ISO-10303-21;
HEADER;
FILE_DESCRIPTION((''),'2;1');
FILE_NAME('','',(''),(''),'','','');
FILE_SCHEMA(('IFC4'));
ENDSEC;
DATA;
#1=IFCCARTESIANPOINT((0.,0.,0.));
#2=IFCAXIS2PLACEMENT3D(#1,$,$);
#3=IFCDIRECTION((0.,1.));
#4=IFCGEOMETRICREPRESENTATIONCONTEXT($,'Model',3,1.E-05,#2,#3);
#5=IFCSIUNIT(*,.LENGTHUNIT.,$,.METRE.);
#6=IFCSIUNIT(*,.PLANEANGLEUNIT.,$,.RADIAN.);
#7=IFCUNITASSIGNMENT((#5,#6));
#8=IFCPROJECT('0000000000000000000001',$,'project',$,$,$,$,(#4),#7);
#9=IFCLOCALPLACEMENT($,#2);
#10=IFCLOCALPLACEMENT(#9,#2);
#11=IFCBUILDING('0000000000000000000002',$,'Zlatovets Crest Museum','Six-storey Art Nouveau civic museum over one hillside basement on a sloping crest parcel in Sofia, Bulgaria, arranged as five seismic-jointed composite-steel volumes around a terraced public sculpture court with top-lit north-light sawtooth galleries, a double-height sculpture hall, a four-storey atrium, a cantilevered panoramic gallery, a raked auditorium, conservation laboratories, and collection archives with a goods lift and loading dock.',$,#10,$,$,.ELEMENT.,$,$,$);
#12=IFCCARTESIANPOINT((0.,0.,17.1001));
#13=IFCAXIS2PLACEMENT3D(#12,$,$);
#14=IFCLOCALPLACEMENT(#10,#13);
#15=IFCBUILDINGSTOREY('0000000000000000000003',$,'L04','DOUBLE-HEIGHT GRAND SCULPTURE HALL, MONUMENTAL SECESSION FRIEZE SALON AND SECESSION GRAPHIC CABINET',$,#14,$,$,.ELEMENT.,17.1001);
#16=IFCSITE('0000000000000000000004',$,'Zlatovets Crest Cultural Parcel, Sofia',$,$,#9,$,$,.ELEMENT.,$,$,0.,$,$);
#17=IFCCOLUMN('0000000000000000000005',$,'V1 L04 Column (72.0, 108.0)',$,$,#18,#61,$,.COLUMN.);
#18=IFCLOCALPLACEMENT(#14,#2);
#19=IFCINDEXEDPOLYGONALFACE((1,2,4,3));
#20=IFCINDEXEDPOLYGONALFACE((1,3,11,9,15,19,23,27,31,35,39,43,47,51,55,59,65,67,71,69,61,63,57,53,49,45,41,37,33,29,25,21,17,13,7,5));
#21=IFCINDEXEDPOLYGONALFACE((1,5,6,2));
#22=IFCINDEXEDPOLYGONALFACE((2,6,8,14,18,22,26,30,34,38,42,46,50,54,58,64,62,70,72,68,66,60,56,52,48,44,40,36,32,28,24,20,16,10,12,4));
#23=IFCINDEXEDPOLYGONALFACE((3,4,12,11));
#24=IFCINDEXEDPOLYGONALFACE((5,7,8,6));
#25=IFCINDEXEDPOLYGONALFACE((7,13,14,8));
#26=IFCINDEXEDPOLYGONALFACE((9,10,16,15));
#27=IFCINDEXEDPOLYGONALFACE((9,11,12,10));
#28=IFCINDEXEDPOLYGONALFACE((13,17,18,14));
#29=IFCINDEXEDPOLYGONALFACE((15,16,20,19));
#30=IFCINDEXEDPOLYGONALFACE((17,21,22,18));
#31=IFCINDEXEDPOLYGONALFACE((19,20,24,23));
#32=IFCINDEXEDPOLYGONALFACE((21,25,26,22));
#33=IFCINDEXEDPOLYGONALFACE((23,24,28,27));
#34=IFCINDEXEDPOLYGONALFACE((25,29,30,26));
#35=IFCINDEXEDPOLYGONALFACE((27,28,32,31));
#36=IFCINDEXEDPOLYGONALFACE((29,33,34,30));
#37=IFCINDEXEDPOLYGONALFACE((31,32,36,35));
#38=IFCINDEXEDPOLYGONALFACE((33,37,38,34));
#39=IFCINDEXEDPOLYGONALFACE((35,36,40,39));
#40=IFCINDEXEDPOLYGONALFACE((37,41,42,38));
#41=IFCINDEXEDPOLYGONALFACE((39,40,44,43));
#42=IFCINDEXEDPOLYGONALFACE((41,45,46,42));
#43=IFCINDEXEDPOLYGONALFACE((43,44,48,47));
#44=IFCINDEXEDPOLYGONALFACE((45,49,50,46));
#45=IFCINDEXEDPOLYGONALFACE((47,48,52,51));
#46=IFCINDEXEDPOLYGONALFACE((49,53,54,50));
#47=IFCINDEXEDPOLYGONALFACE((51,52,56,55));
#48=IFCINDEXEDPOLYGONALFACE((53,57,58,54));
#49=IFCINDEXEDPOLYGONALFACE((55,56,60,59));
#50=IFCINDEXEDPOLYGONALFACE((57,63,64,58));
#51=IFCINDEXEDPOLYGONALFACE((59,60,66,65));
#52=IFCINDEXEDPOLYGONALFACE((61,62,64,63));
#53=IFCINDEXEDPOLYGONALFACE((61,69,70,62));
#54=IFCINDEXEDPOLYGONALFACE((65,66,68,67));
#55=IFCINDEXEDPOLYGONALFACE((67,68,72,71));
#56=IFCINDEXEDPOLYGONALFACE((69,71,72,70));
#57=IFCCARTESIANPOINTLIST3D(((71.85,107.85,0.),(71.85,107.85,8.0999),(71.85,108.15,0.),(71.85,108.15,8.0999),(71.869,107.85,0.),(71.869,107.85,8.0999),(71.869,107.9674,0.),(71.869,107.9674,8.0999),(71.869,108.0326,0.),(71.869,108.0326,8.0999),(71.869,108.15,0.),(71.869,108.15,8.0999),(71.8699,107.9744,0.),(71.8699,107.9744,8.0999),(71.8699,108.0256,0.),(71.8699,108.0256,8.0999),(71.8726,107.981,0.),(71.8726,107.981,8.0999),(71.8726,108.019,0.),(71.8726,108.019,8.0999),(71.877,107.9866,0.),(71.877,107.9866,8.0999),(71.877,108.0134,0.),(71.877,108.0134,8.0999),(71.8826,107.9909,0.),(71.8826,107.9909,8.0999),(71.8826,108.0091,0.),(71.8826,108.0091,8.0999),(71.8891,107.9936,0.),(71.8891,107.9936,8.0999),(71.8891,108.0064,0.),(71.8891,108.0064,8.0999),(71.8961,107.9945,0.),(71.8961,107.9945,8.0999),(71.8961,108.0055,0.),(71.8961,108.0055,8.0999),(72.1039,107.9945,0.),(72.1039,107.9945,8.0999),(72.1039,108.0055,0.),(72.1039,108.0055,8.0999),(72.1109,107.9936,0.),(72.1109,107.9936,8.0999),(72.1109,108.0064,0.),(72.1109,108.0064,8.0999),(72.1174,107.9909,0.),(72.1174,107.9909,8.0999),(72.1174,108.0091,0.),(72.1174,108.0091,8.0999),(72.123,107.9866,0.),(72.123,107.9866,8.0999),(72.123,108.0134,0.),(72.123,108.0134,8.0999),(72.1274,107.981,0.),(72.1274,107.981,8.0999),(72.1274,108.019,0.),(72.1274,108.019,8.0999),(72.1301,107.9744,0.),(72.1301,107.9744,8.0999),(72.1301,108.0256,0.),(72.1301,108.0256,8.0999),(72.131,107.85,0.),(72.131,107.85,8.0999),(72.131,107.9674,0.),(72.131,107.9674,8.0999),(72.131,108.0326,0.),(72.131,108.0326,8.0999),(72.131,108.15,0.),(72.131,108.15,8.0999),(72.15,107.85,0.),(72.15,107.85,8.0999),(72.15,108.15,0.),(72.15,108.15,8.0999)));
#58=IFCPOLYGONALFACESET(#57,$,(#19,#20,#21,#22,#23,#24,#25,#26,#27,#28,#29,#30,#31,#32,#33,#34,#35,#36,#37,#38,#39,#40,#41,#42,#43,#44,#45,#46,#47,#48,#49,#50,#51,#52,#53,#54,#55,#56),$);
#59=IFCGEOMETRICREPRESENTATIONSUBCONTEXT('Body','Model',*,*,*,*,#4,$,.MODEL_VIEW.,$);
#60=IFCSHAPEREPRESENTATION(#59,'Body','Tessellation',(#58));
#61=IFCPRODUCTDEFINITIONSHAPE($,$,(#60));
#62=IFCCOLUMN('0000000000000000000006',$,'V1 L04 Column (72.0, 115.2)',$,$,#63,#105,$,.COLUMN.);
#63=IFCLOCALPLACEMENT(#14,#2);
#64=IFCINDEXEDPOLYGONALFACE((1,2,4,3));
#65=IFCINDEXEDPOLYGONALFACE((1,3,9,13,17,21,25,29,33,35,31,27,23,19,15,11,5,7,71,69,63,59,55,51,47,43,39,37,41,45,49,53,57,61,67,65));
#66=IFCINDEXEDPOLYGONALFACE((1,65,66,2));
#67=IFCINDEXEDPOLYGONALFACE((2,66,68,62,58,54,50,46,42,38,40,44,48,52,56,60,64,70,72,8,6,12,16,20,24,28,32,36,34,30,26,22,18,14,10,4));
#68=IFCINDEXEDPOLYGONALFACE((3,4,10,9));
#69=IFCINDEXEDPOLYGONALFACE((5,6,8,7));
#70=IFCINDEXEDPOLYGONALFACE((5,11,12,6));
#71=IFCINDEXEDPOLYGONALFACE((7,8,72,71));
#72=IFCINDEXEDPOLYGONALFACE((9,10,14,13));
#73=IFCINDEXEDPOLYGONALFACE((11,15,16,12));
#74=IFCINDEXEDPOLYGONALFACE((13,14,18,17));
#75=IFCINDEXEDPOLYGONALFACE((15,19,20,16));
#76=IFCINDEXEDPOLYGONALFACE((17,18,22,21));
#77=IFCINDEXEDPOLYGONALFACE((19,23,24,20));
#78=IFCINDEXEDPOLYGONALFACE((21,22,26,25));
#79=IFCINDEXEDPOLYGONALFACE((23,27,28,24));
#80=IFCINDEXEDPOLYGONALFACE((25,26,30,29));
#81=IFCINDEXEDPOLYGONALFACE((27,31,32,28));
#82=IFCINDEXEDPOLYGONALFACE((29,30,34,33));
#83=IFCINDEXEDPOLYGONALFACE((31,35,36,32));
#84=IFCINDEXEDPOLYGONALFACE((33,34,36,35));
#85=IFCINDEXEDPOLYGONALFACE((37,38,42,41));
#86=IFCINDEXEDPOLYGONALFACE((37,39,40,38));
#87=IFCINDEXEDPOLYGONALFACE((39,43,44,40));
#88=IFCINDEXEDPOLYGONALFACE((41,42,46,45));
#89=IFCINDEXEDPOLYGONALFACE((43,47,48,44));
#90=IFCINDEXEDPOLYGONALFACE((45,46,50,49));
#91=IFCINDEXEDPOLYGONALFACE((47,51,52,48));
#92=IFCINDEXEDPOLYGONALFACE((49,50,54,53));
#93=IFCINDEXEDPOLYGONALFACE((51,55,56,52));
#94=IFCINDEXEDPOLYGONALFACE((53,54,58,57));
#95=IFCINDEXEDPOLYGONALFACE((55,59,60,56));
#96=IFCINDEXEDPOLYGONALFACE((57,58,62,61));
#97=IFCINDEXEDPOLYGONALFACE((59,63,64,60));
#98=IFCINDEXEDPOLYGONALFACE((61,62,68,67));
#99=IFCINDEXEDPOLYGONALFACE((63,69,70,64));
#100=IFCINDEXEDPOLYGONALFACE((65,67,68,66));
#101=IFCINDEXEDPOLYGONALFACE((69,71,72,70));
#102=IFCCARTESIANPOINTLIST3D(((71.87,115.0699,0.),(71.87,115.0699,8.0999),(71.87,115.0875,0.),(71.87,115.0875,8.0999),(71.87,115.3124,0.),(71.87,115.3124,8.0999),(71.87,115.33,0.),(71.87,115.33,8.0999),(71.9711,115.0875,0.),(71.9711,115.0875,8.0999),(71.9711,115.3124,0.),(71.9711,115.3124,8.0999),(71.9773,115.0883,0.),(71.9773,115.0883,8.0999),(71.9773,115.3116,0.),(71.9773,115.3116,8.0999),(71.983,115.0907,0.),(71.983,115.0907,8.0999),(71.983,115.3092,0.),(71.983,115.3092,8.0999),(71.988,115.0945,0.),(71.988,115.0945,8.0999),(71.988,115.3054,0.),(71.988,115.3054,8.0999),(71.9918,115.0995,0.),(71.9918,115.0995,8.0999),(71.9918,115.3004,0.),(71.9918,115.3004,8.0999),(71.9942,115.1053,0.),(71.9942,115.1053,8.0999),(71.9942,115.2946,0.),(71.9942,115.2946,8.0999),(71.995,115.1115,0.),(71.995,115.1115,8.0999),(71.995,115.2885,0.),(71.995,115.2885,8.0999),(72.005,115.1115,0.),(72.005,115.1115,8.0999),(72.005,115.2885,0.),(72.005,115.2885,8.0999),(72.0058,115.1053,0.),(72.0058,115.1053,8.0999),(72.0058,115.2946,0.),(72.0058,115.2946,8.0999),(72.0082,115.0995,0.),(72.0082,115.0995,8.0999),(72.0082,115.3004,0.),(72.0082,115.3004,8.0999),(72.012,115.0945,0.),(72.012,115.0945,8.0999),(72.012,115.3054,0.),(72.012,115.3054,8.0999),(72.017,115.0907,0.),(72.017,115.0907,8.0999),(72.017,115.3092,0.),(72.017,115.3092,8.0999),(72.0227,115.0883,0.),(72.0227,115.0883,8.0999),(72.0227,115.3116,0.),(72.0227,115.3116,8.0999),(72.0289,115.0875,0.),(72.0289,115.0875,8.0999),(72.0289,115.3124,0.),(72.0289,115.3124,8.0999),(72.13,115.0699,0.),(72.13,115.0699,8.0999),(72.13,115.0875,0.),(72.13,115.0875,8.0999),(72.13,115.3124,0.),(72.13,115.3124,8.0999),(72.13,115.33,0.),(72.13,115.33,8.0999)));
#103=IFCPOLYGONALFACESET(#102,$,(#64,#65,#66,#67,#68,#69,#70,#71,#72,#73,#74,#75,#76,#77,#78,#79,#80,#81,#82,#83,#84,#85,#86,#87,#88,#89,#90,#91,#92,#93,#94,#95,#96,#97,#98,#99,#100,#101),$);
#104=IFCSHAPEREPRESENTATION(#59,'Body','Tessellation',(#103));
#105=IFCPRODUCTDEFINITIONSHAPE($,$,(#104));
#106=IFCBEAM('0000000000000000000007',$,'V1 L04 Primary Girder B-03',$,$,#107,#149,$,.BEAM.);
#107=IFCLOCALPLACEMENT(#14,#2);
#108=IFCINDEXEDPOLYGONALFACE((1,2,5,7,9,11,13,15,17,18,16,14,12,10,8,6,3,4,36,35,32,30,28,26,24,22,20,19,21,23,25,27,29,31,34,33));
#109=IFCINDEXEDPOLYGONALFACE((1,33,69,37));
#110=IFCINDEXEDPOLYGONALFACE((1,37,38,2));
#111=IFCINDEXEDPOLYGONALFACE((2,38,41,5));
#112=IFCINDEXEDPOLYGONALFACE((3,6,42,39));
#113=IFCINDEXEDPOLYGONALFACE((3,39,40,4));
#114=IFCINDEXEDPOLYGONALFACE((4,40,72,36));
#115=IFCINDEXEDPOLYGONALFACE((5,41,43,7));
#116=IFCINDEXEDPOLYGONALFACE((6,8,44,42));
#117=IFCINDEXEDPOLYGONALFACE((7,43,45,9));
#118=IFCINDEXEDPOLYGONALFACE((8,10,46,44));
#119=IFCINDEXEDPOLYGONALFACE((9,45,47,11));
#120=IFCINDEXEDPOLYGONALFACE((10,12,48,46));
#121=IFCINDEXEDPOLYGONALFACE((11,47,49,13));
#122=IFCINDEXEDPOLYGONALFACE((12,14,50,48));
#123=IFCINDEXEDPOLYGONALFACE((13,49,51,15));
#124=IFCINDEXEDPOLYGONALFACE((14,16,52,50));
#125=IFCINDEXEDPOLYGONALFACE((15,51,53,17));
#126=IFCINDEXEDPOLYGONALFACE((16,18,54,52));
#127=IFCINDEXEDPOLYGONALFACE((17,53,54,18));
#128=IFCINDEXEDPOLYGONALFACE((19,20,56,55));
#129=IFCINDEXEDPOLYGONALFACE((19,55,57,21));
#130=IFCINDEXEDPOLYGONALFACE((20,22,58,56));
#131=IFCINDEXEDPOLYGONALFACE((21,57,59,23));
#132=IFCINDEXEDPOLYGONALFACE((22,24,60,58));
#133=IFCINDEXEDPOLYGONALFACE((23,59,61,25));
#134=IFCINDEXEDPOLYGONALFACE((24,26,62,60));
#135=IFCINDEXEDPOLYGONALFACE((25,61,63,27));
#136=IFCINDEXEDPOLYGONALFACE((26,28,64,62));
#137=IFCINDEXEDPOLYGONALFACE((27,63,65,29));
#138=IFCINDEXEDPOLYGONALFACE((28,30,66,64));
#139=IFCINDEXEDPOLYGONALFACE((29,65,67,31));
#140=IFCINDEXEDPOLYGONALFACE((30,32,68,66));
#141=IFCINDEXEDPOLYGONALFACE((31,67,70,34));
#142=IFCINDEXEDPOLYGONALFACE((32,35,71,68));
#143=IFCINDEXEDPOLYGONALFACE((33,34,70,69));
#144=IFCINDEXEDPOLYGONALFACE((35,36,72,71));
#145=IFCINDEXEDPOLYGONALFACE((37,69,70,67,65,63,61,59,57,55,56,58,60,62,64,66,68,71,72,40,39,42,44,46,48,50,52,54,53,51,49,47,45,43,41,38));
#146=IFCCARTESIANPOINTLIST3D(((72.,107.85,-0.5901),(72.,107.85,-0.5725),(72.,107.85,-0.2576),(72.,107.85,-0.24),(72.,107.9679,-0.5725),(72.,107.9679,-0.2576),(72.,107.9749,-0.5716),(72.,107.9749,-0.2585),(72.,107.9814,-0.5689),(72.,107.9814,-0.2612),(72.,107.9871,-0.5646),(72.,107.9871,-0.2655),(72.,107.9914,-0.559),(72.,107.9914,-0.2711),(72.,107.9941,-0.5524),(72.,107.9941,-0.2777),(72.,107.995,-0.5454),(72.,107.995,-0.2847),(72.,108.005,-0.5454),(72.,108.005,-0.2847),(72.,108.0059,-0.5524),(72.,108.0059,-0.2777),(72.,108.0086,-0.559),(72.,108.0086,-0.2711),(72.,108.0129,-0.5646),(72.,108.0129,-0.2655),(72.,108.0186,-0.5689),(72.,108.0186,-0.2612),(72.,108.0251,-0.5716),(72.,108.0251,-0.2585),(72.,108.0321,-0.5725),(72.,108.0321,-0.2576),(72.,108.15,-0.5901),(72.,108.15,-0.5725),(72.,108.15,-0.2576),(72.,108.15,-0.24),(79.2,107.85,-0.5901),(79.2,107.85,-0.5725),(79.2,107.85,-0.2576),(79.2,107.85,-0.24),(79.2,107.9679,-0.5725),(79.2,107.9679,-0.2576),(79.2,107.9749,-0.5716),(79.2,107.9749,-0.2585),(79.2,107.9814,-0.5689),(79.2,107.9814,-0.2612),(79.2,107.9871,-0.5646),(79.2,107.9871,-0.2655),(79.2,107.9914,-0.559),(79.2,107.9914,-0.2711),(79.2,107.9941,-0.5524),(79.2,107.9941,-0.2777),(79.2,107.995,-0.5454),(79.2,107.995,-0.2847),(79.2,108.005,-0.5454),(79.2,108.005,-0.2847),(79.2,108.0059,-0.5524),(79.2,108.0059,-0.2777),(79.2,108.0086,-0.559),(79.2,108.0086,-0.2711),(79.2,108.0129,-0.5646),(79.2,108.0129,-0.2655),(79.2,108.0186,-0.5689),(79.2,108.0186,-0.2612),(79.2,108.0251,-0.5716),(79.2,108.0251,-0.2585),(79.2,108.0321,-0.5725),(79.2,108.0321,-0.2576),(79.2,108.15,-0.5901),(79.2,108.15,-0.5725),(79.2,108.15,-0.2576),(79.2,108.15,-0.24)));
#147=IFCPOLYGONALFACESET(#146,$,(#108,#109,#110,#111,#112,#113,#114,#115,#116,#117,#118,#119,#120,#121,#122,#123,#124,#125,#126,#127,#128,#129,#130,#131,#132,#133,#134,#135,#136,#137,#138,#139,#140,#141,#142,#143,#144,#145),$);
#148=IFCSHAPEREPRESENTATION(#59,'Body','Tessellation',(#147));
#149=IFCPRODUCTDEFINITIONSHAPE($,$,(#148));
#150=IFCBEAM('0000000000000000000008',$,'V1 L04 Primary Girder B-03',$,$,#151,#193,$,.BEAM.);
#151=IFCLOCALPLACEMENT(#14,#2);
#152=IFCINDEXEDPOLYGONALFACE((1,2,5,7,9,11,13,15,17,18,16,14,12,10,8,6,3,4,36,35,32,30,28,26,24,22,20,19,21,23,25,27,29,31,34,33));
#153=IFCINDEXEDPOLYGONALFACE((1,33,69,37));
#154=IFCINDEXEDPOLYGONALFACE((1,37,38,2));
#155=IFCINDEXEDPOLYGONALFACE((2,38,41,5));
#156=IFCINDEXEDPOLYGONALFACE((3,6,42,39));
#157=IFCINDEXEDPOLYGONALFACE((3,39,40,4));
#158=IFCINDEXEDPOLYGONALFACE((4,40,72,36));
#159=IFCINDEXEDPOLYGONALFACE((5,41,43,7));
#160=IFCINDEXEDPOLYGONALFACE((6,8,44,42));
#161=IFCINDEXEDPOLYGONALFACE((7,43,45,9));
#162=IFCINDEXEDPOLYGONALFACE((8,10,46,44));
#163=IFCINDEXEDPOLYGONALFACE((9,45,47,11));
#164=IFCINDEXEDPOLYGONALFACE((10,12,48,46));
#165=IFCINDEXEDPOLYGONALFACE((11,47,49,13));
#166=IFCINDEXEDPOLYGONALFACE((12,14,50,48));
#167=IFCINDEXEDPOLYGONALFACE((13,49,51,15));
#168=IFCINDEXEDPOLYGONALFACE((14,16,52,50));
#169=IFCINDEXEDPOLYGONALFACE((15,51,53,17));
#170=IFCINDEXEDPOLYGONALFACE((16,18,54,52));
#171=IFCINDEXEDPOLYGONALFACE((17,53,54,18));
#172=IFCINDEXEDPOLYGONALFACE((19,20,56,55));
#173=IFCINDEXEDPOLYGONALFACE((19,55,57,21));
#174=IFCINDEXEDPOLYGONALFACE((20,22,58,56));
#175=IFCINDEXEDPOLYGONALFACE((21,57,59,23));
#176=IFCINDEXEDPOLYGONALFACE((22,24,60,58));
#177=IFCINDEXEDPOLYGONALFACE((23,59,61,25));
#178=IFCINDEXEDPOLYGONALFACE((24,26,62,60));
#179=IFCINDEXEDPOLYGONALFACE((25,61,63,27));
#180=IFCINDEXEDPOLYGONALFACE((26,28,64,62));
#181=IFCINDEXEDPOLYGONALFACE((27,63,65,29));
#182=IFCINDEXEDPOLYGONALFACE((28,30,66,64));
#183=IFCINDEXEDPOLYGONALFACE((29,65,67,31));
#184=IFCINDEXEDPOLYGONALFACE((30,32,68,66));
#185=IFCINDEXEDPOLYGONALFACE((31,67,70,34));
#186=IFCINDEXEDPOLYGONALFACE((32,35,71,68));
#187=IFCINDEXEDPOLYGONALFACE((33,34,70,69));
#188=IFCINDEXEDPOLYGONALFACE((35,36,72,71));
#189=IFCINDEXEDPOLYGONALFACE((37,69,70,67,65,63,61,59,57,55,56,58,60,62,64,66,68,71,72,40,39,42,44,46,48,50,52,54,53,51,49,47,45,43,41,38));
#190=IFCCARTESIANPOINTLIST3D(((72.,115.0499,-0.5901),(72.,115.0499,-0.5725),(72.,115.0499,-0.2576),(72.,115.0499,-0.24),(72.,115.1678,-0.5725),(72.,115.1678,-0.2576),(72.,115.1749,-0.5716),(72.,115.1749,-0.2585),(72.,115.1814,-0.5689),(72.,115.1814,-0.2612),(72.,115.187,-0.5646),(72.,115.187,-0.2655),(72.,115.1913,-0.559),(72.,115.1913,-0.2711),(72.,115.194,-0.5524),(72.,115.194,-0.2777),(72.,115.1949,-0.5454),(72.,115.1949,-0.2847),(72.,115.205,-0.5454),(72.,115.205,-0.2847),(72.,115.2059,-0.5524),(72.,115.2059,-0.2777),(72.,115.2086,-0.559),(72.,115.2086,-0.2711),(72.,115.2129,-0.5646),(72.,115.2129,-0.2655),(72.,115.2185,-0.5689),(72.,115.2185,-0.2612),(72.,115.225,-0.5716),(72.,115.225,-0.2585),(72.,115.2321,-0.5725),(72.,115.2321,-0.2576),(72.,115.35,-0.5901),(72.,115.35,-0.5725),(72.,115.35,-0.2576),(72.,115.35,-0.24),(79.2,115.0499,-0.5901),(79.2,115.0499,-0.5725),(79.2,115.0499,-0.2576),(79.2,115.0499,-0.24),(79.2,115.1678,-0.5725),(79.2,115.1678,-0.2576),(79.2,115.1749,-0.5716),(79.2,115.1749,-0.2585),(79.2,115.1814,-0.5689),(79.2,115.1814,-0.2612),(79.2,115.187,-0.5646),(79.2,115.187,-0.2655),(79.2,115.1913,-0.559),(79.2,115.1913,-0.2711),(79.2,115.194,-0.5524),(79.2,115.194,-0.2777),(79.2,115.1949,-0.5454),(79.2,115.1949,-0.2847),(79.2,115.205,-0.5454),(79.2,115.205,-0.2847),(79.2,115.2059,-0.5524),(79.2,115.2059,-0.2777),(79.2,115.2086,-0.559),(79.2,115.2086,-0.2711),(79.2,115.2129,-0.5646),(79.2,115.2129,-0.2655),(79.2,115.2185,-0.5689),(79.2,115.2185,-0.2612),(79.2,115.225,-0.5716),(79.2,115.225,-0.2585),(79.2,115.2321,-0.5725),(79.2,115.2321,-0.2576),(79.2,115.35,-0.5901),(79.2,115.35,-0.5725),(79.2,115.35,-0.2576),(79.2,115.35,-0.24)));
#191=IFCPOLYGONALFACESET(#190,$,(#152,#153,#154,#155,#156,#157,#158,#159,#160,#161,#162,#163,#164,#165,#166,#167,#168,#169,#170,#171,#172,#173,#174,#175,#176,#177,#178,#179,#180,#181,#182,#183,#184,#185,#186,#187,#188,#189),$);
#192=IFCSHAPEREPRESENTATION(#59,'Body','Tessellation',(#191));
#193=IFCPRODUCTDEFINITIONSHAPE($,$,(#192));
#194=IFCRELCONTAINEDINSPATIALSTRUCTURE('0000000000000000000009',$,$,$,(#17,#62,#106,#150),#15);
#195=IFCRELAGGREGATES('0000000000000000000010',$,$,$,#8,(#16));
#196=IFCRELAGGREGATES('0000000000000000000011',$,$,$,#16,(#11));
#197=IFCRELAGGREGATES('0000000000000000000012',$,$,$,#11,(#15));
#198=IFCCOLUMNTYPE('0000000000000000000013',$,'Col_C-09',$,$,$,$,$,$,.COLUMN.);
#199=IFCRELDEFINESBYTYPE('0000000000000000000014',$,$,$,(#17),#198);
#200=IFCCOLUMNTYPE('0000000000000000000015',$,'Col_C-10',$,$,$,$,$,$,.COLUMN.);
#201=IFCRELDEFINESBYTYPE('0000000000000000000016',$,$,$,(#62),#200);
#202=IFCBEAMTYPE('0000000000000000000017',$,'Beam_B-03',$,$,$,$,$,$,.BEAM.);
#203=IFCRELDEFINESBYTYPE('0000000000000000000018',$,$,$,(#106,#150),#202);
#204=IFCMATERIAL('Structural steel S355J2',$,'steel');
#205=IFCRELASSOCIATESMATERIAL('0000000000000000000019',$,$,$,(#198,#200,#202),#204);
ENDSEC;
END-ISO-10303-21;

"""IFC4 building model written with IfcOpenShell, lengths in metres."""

from ifc_helpers import new_model, si_unit, direction, frame, origin, origin_2d, place, context, subcontext, project, spatial, i_section, extrude, material, material_profile, profile_set, type_object, element, save


model = new_model("IFC4")

# Units and contexts
model_context = context("Model", 3, precision=1e-05, world=origin(), true_north=direction((0.0, 1.0)))
body_context = subcontext(model_context, "Body", "Model", "MODEL_VIEW")
ifc_project = project(units=[si_unit("LENGTHUNIT", "METRE"), si_unit("PLANEANGLEUNIT", "RADIAN")], contexts=[model_context])

# Site, building, storey
site_placement = place(None, origin())
site = spatial("IfcSite", under=ifc_project, at=site_placement, Name="Zlatovets Crest Cultural Parcel, Sofia", CompositionType="ELEMENT", RefElevation=0.0)
building_placement = place(site_placement, origin())
building = spatial("IfcBuilding", under=site, at=building_placement, Name="Zlatovets Crest Museum", Description="Six-storey Art Nouveau civic museum over one hillside basement on a sloping crest parcel in Sofia, Bulgaria, arranged as five seismic-jointed composite-steel volumes around a terraced public sculpture court with top-lit north-light sawtooth galleries, a double-height sculpture hall, a four-storey atrium, a cantilevered panoramic gallery, a raked auditorium, conservation laboratories, and collection archives with a goods lift and loading dock.", CompositionType="ELEMENT")
storey_placement = place(building_placement, frame((0.0, 0.0, 17.1001)))
storey = spatial("IfcBuildingStorey", under=building, at=storey_placement, Name="L04", Description="DOUBLE-HEIGHT GRAND SCULPTURE HALL, MONUMENTAL SECESSION FRIEZE SALON AND SECESSION GRAPHIC CABINET", CompositionType="ELEMENT", Elevation=17.1001)

# Columns
ifc_material_1 = material(Name="Structural steel S355J2", Category="steel")
ifc_material_profile_1 = material_profile(ifc_material_1, i_section(OverallWidth=0.3, OverallDepth=0.3, WebThickness=0.011, FlangeThickness=0.019, FilletRadius=0.0271, at=origin_2d()), Name="HEB 300")
ifc_profile_set_1 = profile_set([ifc_material_profile_1], Name="Structural steel S355J2")
column_type_1 = type_object("IfcColumnType", Name="Col_C-09", PredefinedType="COLUMN", material=ifc_profile_set_1)
column_1_placement = place(storey_placement, frame((72.0, 108.0, 0.0), z_axis=(0.0, 0.0, 1.0), x_axis=(0.0, 1.0, 0.0)))
element("IfcColumn", 1, at=column_1_placement, inside=storey, type_object=column_type_1, Name="V1 L04 Column (72.0, 108.0)", PredefinedType="COLUMN", context=body_context, shape_type="SweptSolid", body=[
    extrude(i_section(OverallWidth=0.3, OverallDepth=0.3, WebThickness=0.011, FlangeThickness=0.019, FilletRadius=0.0271, at=origin_2d()), origin(), (0.0, 0.0, 1.0), 8.0999),
])
ifc_material_profile_2 = material_profile(ifc_material_1, i_section(OverallWidth=0.26, OverallDepth=0.26, WebThickness=0.01, FlangeThickness=0.0176, FilletRadius=0.0239, at=origin_2d()), Name="HEB 260")
ifc_profile_set_2 = profile_set([ifc_material_profile_2], Name="Structural steel S355J2")
column_type_2 = type_object("IfcColumnType", Name="Col_C-10", PredefinedType="COLUMN", material=ifc_profile_set_2)
column_2_placement = place(storey_placement, frame((72.0, 115.2, 0.0), z_axis=(0.0, 0.0, 1.0), x_axis=(1.0, 0.0, 0.0)))
element("IfcColumn", 2, at=column_2_placement, inside=storey, type_object=column_type_2, Name="V1 L04 Column (72.0, 115.2)", PredefinedType="COLUMN", context=body_context, shape_type="SweptSolid", body=[
    extrude(i_section(OverallWidth=0.26, OverallDepth=0.26, WebThickness=0.01, FlangeThickness=0.0176, FilletRadius=0.0239, at=origin_2d()), origin(), (0.0, 0.0, 1.0), 8.0999),
])

# Beams
ifc_material_profile_3 = material_profile(ifc_material_1, i_section(OverallWidth=0.3, OverallDepth=0.3501, WebThickness=0.01, FlangeThickness=0.0176, FilletRadius=0.0271, at=origin_2d()), Name="HEA 360")
ifc_profile_set_3 = profile_set([ifc_material_profile_3], Name="Structural steel S355J2")
beam_type_1 = type_object("IfcBeamType", Name="Beam_B-03", PredefinedType="BEAM", material=ifc_profile_set_3)
for number, where, z_axis, x_axis, name in (
    (3, (72.0, 108.0, -0.415), (1.0, 0.0, 0.0), (0.0, 1.0, 0.0), "V1 L04 Primary Girder B-03"),
    (4, (72.0, 115.2, -0.415), (1.0, 0.0, 0.0), (0.0, 1.0, 0.0), "V1 L04 Primary Girder B-03"),
):
    element("IfcBeam", number, at=place(storey_placement, frame(where, z_axis=z_axis, x_axis=x_axis)), inside=storey, type_object=beam_type_1, Name=name, PredefinedType="BEAM", context=body_context, shape_type="SweptSolid", body=[
        extrude(i_section(OverallWidth=0.3, OverallDepth=0.3501, WebThickness=0.01, FlangeThickness=0.0176, FilletRadius=0.0271, at=origin_2d()), origin(), (0.0, 0.0, 1.0), 7.2),
    ])

save(model, "model.ifc")
